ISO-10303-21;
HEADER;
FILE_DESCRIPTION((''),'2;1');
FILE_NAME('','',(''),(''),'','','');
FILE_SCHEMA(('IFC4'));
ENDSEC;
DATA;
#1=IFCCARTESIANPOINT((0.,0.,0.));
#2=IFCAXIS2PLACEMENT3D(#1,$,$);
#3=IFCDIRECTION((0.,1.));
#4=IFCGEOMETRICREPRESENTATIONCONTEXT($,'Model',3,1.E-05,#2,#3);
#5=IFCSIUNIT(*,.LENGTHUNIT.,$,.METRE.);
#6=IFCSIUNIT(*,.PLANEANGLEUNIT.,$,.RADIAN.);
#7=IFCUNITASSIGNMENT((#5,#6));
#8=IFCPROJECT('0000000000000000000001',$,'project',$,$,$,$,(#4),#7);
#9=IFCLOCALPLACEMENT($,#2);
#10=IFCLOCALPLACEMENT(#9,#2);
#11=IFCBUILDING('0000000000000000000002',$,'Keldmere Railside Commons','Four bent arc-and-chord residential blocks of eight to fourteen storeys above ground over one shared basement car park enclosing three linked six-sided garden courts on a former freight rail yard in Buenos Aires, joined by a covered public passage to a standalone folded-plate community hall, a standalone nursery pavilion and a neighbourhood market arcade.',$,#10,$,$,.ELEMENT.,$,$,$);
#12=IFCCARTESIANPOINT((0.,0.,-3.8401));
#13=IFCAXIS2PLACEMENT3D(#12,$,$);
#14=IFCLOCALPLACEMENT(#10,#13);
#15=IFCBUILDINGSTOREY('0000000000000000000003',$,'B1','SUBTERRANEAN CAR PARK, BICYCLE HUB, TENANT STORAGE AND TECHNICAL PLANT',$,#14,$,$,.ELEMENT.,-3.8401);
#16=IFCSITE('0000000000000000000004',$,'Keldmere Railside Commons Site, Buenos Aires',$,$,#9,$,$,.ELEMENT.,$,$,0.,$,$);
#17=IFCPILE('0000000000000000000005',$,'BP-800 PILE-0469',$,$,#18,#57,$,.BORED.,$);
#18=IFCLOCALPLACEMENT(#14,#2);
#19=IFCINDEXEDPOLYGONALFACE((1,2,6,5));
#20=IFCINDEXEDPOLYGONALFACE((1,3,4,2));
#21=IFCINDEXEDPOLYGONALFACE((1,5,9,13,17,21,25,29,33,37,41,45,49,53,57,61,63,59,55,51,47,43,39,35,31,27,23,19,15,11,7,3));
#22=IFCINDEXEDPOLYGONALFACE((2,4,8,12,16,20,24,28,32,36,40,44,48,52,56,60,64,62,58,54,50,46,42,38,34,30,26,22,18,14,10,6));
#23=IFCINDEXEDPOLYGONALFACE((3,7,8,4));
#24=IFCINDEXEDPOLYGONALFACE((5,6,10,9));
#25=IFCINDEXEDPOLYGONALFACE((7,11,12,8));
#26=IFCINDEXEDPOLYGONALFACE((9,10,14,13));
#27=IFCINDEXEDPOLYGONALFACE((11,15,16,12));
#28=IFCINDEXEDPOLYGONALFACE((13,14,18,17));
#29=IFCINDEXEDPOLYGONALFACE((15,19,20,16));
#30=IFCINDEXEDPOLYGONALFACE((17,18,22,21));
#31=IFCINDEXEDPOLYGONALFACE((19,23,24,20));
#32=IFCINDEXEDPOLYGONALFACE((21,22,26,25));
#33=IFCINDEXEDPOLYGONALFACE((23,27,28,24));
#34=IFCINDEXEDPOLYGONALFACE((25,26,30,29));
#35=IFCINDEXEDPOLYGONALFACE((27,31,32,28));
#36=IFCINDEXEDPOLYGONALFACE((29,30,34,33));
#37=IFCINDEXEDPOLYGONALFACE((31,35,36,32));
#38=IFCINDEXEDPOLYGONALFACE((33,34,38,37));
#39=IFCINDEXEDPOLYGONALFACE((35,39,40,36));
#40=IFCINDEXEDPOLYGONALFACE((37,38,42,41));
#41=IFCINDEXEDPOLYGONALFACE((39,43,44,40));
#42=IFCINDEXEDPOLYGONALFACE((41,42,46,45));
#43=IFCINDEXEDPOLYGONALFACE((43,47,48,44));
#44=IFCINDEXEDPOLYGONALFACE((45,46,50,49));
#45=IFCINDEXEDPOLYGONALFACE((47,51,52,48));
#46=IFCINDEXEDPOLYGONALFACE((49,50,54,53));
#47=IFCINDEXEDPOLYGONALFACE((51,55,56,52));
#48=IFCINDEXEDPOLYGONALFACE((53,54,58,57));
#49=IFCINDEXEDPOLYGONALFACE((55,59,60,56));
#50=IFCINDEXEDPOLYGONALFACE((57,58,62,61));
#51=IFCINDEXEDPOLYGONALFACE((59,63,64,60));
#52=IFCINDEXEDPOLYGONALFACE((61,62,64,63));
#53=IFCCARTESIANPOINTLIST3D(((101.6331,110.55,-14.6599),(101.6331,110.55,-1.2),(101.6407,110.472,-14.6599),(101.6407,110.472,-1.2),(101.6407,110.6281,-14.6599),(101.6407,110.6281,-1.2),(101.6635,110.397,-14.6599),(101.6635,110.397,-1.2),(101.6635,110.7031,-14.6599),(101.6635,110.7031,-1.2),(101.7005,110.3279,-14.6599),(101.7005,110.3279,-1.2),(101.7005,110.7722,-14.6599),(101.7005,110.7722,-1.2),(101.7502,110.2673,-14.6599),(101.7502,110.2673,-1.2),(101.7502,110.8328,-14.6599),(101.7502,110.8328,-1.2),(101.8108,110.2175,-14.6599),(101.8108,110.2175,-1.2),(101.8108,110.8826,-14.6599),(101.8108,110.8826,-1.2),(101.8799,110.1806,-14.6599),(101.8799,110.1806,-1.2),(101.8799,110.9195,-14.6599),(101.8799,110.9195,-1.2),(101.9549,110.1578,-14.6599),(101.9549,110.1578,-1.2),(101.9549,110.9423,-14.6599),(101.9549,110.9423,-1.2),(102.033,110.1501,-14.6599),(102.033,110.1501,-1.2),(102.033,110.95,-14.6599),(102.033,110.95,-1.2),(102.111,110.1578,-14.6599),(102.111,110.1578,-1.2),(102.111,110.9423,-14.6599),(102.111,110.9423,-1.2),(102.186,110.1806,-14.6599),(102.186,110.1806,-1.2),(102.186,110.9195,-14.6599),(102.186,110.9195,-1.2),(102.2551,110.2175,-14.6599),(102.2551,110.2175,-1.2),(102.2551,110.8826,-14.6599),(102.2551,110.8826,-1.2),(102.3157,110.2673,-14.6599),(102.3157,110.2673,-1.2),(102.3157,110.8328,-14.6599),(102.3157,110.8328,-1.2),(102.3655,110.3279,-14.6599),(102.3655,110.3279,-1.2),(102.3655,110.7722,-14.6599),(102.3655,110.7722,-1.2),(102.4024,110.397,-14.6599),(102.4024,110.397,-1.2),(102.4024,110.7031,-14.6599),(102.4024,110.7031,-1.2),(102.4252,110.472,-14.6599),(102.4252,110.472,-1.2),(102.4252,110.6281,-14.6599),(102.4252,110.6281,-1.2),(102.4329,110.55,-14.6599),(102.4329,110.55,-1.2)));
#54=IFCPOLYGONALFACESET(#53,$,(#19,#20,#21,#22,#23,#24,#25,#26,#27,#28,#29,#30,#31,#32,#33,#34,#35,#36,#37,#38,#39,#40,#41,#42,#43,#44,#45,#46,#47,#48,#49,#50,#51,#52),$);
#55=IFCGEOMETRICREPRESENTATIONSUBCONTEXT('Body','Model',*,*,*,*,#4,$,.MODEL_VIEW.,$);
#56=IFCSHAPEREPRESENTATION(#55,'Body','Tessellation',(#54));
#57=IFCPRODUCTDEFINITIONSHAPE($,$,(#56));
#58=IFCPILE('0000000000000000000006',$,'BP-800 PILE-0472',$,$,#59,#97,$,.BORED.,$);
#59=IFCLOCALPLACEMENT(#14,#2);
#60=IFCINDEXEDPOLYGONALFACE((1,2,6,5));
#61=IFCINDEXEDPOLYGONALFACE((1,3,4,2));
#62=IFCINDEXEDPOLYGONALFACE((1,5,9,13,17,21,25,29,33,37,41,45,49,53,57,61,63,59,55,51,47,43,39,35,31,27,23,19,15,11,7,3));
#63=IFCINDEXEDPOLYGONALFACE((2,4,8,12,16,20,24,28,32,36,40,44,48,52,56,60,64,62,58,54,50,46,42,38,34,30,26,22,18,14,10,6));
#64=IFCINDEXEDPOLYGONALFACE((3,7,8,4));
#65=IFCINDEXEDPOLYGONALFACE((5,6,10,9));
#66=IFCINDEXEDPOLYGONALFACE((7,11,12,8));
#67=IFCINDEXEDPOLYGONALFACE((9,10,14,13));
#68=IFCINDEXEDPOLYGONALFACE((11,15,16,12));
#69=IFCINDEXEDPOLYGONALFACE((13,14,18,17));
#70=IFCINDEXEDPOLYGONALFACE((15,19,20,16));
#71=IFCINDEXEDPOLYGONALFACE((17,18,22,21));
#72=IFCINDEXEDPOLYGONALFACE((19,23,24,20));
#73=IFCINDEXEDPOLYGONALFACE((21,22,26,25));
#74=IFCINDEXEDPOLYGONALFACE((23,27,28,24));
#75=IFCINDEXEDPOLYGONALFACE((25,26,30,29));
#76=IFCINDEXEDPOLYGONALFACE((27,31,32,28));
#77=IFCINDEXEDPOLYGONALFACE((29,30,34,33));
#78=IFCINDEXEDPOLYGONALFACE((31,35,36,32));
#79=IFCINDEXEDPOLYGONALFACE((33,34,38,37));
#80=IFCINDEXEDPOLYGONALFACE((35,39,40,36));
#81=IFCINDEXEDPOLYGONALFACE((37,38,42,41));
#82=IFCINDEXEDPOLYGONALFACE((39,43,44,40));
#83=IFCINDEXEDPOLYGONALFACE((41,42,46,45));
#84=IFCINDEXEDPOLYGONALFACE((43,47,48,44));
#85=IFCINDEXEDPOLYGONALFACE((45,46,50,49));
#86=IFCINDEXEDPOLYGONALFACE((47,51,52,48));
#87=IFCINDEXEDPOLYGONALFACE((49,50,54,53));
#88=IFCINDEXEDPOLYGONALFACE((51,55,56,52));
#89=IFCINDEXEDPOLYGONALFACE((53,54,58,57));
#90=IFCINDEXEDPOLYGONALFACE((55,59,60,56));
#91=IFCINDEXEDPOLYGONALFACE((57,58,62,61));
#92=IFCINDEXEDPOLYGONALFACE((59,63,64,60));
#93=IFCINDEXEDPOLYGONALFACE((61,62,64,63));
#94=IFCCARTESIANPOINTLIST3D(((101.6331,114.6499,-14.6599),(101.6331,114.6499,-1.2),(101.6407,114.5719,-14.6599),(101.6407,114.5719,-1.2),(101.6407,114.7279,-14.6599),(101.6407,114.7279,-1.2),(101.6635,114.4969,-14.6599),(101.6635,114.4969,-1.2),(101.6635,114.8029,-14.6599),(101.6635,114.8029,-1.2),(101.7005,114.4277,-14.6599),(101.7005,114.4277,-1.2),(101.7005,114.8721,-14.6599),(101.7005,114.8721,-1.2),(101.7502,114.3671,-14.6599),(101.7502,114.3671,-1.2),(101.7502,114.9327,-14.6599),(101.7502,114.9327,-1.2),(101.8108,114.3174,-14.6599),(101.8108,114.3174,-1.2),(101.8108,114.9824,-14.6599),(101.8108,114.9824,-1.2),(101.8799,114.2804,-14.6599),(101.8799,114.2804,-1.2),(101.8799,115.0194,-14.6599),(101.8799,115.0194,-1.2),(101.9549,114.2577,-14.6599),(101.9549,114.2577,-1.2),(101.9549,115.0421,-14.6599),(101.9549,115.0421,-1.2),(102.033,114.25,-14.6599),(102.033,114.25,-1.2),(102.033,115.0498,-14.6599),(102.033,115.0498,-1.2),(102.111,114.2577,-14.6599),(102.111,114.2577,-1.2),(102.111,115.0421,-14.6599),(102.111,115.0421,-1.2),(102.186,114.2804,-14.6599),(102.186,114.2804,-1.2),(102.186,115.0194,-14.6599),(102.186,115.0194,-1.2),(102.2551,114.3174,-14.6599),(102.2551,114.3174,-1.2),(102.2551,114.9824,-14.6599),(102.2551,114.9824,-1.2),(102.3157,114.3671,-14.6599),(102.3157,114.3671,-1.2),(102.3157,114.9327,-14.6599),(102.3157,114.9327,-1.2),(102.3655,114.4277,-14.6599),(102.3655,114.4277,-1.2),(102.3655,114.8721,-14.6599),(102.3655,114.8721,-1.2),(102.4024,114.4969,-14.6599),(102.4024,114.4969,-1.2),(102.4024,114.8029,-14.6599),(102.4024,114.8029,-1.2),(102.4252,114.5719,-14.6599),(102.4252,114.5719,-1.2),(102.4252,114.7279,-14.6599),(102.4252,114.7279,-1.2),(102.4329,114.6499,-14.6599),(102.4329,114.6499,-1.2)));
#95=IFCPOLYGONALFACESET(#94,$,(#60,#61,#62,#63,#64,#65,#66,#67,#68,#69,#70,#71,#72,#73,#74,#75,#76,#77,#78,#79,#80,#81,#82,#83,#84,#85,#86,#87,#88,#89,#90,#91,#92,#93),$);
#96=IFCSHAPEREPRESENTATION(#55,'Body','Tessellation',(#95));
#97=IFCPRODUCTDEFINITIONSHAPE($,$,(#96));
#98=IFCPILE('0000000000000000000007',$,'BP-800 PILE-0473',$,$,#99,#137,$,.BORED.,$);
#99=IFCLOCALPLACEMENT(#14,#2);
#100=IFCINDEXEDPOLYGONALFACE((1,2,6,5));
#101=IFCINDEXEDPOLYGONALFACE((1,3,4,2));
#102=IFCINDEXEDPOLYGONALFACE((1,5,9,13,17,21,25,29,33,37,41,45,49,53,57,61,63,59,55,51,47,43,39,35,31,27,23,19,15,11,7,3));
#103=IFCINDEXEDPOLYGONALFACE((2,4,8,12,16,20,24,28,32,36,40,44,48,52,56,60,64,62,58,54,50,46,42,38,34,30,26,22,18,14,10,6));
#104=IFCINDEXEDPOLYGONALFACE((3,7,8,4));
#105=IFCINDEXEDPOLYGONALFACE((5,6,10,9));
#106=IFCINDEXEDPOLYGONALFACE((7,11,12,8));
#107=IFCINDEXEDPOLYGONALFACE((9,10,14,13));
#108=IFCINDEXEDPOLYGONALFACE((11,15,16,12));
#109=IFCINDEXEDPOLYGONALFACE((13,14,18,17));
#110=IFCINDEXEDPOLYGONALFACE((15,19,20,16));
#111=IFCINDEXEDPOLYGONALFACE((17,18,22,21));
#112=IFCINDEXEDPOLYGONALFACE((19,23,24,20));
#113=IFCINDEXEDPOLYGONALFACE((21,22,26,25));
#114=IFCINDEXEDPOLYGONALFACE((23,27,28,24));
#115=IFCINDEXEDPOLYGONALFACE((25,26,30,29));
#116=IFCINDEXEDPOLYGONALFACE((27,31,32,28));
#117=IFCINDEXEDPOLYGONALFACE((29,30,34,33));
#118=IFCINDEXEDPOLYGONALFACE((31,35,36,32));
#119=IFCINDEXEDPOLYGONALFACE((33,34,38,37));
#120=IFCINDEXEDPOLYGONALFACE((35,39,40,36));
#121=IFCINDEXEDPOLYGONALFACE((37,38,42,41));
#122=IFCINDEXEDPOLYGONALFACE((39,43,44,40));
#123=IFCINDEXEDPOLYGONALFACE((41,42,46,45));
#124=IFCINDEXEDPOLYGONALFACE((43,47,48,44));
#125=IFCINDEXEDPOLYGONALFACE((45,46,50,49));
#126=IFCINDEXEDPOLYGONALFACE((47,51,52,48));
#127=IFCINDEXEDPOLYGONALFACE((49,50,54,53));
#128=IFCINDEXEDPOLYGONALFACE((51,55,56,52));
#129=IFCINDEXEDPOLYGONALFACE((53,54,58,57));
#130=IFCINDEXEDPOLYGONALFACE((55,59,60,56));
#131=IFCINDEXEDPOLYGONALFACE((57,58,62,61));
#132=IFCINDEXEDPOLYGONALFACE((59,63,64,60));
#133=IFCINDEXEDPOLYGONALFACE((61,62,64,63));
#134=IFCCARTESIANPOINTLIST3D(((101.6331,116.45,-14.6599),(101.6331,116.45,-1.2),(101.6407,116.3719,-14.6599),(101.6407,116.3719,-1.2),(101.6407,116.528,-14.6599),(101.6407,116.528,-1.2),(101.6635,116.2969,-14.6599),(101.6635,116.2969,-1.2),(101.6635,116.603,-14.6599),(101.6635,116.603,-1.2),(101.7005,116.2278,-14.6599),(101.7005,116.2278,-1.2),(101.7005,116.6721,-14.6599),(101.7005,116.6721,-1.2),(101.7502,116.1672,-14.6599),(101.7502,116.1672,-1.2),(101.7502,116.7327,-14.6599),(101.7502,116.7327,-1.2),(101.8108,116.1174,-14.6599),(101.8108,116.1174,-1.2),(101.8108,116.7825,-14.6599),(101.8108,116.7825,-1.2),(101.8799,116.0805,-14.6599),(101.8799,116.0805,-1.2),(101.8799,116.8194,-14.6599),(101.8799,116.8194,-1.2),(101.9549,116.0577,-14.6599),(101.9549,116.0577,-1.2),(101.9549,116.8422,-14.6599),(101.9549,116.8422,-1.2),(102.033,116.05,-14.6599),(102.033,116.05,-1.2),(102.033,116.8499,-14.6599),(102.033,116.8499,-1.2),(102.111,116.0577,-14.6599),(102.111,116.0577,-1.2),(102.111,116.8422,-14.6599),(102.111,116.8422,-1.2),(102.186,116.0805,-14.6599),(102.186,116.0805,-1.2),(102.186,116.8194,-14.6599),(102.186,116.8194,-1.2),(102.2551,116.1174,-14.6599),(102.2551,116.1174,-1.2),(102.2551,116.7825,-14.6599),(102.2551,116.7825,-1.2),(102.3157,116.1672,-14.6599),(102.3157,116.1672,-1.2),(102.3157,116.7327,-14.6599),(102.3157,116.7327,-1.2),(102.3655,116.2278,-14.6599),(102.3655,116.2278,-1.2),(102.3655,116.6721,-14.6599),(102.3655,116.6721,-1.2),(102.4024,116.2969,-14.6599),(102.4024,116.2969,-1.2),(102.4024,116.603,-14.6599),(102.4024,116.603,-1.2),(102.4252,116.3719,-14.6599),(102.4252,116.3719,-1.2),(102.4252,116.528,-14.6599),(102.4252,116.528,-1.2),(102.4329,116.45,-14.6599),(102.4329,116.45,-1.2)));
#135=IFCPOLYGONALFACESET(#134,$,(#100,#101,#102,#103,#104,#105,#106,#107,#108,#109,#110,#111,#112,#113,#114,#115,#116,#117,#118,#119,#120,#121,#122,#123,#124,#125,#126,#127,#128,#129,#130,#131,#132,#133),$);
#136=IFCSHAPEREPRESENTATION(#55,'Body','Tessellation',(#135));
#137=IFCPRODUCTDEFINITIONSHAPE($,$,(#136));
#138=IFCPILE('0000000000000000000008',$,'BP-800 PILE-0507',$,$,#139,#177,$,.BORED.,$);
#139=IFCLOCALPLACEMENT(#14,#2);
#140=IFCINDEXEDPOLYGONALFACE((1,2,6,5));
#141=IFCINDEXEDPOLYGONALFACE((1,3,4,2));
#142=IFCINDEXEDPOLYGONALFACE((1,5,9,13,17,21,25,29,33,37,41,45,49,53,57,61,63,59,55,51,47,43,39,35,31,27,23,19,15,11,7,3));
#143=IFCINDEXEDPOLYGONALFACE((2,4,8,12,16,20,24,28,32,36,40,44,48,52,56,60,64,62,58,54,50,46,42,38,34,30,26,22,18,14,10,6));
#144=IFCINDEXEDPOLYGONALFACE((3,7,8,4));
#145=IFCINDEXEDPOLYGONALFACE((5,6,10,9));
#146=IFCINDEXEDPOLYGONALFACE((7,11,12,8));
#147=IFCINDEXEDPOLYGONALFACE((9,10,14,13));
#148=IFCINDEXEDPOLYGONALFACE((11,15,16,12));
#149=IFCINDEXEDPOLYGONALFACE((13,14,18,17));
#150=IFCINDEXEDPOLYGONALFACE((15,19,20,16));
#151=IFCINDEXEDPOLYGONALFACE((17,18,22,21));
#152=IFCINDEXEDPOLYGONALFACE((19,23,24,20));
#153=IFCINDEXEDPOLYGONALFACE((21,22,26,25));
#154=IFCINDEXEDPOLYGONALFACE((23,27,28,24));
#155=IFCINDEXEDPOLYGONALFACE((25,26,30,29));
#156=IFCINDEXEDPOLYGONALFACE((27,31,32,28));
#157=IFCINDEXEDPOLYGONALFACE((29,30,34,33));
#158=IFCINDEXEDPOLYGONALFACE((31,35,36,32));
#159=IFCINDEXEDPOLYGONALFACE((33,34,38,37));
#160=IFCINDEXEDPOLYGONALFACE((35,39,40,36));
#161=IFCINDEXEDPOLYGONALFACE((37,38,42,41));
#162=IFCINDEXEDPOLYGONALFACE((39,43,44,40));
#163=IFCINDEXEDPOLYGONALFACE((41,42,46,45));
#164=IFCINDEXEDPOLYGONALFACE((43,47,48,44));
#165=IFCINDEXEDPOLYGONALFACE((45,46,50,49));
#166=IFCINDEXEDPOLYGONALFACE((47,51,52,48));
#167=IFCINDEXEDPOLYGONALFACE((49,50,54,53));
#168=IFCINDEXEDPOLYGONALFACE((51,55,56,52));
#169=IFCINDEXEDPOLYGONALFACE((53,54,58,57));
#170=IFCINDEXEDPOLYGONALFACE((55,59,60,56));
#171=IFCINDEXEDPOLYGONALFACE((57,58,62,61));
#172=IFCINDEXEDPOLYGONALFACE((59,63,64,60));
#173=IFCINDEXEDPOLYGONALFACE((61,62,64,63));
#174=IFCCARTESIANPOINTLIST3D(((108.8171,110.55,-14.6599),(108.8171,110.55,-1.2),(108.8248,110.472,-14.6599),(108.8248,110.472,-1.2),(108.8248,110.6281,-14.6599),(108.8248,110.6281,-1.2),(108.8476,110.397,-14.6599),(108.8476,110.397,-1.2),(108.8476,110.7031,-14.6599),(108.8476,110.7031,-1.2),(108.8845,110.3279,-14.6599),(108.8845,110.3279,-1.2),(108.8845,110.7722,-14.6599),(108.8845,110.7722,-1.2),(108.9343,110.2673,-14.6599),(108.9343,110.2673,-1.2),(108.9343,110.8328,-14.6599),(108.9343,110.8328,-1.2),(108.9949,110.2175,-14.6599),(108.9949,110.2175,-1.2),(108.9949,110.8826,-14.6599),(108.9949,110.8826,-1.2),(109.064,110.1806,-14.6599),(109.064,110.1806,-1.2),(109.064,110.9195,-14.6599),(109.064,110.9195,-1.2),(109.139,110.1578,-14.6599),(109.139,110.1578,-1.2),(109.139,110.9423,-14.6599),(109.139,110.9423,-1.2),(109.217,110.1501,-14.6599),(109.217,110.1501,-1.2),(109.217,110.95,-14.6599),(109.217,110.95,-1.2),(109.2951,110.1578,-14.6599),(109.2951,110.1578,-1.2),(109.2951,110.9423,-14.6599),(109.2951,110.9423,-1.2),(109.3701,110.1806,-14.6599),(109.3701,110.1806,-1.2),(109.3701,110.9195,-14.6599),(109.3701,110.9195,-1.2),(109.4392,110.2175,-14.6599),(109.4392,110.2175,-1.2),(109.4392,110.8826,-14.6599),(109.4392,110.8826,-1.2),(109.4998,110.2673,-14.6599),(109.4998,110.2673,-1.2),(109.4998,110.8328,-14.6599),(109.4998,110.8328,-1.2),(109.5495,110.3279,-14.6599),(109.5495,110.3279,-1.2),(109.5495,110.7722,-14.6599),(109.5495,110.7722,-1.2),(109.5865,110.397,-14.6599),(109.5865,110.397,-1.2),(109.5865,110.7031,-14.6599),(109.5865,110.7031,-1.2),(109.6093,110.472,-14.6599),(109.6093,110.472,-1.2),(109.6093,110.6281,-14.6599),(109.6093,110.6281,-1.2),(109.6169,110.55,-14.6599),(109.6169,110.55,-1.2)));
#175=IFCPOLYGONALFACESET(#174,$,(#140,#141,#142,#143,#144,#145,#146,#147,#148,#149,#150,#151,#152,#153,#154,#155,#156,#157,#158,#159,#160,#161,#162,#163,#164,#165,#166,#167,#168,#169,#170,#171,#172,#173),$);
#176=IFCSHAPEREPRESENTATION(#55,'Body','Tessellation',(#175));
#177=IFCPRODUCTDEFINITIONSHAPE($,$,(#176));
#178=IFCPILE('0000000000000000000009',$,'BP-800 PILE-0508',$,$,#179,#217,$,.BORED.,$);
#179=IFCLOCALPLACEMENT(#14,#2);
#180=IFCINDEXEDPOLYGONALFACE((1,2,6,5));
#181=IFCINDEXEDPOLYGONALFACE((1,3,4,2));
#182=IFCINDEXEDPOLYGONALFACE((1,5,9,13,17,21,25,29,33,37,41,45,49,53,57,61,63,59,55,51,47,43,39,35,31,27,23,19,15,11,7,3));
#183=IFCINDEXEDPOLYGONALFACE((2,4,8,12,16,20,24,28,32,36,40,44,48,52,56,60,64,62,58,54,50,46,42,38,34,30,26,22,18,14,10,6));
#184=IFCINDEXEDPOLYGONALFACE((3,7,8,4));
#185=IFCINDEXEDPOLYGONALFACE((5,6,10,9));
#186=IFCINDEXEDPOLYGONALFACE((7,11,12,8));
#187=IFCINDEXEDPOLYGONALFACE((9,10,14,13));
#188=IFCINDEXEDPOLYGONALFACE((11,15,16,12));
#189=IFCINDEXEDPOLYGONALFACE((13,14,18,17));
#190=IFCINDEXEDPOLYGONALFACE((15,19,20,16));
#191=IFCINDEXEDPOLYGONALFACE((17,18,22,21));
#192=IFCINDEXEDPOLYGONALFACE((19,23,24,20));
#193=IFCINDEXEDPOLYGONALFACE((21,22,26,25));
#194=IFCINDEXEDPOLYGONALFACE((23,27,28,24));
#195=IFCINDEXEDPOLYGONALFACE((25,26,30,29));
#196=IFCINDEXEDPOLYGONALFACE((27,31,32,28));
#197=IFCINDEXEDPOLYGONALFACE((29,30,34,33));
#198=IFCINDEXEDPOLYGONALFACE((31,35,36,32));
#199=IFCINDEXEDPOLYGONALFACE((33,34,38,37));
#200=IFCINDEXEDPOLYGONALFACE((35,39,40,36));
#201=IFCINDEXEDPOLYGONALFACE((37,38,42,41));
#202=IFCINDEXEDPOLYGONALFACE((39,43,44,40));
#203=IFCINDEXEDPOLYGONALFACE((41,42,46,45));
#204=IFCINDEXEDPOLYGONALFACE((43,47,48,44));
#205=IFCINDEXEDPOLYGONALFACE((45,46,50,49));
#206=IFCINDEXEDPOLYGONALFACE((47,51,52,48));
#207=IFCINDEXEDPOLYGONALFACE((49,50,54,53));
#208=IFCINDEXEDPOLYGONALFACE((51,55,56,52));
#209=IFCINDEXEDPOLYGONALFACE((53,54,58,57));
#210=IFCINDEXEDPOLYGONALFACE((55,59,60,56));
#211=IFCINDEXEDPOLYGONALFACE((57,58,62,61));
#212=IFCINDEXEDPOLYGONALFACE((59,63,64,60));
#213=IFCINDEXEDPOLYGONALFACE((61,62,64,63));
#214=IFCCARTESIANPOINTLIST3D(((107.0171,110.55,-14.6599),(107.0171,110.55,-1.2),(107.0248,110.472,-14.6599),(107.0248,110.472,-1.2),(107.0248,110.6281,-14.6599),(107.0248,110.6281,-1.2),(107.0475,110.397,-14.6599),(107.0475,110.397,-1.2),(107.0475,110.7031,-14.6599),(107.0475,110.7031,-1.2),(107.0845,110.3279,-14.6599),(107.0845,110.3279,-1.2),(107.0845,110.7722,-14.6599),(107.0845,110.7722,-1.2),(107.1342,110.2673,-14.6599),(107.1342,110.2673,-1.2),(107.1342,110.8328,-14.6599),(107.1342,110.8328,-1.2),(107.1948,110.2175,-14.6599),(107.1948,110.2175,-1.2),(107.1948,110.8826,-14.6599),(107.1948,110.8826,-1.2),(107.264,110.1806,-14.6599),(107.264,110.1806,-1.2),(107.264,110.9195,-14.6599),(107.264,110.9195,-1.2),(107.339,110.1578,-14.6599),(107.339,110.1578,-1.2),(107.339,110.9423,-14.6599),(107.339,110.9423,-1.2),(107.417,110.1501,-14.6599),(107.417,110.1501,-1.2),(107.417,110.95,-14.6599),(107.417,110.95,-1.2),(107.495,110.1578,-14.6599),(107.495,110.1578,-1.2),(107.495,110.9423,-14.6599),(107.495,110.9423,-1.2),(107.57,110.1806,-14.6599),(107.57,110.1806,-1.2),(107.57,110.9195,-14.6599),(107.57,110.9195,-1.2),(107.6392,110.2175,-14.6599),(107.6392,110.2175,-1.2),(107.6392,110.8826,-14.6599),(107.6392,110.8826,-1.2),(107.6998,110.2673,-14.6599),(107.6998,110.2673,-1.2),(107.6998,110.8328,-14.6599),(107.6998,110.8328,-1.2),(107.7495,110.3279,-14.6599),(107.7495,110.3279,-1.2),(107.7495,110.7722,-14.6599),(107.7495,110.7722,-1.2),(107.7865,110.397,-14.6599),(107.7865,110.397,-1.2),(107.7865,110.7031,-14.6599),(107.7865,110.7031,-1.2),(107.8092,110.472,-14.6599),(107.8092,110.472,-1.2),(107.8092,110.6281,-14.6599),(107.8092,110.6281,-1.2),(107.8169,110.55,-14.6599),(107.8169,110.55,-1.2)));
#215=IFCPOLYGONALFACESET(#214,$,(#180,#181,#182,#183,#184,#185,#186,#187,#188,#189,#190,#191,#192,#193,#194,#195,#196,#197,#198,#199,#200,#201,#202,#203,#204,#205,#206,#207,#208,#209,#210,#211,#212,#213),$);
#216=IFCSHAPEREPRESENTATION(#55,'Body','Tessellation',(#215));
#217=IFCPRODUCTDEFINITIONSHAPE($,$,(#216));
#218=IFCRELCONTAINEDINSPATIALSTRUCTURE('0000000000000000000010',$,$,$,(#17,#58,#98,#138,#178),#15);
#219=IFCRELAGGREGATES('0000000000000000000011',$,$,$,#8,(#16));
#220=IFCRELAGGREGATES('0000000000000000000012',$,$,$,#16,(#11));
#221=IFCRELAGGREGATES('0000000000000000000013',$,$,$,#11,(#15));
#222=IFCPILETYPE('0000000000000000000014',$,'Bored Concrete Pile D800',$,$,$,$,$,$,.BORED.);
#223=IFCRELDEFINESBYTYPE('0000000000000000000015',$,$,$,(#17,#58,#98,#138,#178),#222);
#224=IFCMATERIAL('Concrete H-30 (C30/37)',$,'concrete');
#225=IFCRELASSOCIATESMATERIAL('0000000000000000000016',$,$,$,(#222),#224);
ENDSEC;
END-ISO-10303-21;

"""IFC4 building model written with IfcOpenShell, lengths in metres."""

from ifc_helpers import new_model, si_unit, direction, frame, origin, origin_2d, place, context, subcontext, project, spatial, circle, extrude, material, material_profile, profile_set, type_object, element, save


model = new_model("IFC4")

# Units and contexts
model_context = context("Model", 3, precision=1e-05, world=origin(), true_north=direction((0.0, 1.0)))
body_context = subcontext(model_context, "Body", "Model", "MODEL_VIEW")
ifc_project = project(units=[si_unit("LENGTHUNIT", "METRE"), si_unit("PLANEANGLEUNIT", "RADIAN")], contexts=[model_context])

# Site, building, storey
site_placement = place(None, origin())
site = spatial("IfcSite", under=ifc_project, at=site_placement, Name="Keldmere Railside Commons Site, Buenos Aires", CompositionType="ELEMENT", RefElevation=0.0)
building_placement = place(site_placement, origin())
building = spatial("IfcBuilding", under=site, at=building_placement, Name="Keldmere Railside Commons", Description="Four bent arc-and-chord residential blocks of eight to fourteen storeys above ground over one shared basement car park enclosing three linked six-sided garden courts on a former freight rail yard in Buenos Aires, joined by a covered public passage to a standalone folded-plate community hall, a standalone nursery pavilion and a neighbourhood market arcade.", CompositionType="ELEMENT")
storey_placement = place(building_placement, frame((0.0, 0.0, -3.8401)))
storey = spatial("IfcBuildingStorey", under=building, at=storey_placement, Name="B1", Description="SUBTERRANEAN CAR PARK, BICYCLE HUB, TENANT STORAGE AND TECHNICAL PLANT", CompositionType="ELEMENT", Elevation=-3.8401)

# Piles
ifc_material_1 = material(Name="Concrete H-30 (C30/37)", Category="concrete")
ifc_material_profile_1 = material_profile(ifc_material_1, circle(Radius=0.3999, at=origin_2d()), Name="PILE-D800")
ifc_profile_set_1 = profile_set([ifc_material_profile_1], Name="Concrete H-30 (C30/37)")
pile_type = type_object("IfcPileType", Name="Bored Concrete Pile D800", PredefinedType="BORED", material=ifc_profile_set_1)
for number, where, z_axis, x_axis, name in (
    (1, (102.033, 110.55, -1.2), (0.0, 0.0, -1.0), (1.0, 0.0, 0.0), "BP-800 PILE-0469"),
    (2, (102.033, 114.6499, -1.2), (0.0, 0.0, -1.0), (1.0, 0.0, 0.0), "BP-800 PILE-0472"),
    (3, (102.033, 116.45, -1.2), (0.0, 0.0, -1.0), (1.0, 0.0, 0.0), "BP-800 PILE-0473"),
    (4, (109.217, 110.55, -1.2), (0.0, 0.0, -1.0), (1.0, 0.0, 0.0), "BP-800 PILE-0507"),
    (5, (107.417, 110.55, -1.2), (0.0, 0.0, -1.0), (1.0, 0.0, 0.0), "BP-800 PILE-0508"),
):
    element("IfcPile", number, at=place(storey_placement, frame(where, z_axis=z_axis, x_axis=x_axis)), inside=storey, type_object=pile_type, Name=name, PredefinedType="BORED", context=body_context, shape_type="SweptSolid", body=[
        extrude(circle(Radius=0.3999, at=origin_2d()), origin(), (0.0, 0.0, 1.0), 13.46),
    ])

save(model, "model.ifc")
